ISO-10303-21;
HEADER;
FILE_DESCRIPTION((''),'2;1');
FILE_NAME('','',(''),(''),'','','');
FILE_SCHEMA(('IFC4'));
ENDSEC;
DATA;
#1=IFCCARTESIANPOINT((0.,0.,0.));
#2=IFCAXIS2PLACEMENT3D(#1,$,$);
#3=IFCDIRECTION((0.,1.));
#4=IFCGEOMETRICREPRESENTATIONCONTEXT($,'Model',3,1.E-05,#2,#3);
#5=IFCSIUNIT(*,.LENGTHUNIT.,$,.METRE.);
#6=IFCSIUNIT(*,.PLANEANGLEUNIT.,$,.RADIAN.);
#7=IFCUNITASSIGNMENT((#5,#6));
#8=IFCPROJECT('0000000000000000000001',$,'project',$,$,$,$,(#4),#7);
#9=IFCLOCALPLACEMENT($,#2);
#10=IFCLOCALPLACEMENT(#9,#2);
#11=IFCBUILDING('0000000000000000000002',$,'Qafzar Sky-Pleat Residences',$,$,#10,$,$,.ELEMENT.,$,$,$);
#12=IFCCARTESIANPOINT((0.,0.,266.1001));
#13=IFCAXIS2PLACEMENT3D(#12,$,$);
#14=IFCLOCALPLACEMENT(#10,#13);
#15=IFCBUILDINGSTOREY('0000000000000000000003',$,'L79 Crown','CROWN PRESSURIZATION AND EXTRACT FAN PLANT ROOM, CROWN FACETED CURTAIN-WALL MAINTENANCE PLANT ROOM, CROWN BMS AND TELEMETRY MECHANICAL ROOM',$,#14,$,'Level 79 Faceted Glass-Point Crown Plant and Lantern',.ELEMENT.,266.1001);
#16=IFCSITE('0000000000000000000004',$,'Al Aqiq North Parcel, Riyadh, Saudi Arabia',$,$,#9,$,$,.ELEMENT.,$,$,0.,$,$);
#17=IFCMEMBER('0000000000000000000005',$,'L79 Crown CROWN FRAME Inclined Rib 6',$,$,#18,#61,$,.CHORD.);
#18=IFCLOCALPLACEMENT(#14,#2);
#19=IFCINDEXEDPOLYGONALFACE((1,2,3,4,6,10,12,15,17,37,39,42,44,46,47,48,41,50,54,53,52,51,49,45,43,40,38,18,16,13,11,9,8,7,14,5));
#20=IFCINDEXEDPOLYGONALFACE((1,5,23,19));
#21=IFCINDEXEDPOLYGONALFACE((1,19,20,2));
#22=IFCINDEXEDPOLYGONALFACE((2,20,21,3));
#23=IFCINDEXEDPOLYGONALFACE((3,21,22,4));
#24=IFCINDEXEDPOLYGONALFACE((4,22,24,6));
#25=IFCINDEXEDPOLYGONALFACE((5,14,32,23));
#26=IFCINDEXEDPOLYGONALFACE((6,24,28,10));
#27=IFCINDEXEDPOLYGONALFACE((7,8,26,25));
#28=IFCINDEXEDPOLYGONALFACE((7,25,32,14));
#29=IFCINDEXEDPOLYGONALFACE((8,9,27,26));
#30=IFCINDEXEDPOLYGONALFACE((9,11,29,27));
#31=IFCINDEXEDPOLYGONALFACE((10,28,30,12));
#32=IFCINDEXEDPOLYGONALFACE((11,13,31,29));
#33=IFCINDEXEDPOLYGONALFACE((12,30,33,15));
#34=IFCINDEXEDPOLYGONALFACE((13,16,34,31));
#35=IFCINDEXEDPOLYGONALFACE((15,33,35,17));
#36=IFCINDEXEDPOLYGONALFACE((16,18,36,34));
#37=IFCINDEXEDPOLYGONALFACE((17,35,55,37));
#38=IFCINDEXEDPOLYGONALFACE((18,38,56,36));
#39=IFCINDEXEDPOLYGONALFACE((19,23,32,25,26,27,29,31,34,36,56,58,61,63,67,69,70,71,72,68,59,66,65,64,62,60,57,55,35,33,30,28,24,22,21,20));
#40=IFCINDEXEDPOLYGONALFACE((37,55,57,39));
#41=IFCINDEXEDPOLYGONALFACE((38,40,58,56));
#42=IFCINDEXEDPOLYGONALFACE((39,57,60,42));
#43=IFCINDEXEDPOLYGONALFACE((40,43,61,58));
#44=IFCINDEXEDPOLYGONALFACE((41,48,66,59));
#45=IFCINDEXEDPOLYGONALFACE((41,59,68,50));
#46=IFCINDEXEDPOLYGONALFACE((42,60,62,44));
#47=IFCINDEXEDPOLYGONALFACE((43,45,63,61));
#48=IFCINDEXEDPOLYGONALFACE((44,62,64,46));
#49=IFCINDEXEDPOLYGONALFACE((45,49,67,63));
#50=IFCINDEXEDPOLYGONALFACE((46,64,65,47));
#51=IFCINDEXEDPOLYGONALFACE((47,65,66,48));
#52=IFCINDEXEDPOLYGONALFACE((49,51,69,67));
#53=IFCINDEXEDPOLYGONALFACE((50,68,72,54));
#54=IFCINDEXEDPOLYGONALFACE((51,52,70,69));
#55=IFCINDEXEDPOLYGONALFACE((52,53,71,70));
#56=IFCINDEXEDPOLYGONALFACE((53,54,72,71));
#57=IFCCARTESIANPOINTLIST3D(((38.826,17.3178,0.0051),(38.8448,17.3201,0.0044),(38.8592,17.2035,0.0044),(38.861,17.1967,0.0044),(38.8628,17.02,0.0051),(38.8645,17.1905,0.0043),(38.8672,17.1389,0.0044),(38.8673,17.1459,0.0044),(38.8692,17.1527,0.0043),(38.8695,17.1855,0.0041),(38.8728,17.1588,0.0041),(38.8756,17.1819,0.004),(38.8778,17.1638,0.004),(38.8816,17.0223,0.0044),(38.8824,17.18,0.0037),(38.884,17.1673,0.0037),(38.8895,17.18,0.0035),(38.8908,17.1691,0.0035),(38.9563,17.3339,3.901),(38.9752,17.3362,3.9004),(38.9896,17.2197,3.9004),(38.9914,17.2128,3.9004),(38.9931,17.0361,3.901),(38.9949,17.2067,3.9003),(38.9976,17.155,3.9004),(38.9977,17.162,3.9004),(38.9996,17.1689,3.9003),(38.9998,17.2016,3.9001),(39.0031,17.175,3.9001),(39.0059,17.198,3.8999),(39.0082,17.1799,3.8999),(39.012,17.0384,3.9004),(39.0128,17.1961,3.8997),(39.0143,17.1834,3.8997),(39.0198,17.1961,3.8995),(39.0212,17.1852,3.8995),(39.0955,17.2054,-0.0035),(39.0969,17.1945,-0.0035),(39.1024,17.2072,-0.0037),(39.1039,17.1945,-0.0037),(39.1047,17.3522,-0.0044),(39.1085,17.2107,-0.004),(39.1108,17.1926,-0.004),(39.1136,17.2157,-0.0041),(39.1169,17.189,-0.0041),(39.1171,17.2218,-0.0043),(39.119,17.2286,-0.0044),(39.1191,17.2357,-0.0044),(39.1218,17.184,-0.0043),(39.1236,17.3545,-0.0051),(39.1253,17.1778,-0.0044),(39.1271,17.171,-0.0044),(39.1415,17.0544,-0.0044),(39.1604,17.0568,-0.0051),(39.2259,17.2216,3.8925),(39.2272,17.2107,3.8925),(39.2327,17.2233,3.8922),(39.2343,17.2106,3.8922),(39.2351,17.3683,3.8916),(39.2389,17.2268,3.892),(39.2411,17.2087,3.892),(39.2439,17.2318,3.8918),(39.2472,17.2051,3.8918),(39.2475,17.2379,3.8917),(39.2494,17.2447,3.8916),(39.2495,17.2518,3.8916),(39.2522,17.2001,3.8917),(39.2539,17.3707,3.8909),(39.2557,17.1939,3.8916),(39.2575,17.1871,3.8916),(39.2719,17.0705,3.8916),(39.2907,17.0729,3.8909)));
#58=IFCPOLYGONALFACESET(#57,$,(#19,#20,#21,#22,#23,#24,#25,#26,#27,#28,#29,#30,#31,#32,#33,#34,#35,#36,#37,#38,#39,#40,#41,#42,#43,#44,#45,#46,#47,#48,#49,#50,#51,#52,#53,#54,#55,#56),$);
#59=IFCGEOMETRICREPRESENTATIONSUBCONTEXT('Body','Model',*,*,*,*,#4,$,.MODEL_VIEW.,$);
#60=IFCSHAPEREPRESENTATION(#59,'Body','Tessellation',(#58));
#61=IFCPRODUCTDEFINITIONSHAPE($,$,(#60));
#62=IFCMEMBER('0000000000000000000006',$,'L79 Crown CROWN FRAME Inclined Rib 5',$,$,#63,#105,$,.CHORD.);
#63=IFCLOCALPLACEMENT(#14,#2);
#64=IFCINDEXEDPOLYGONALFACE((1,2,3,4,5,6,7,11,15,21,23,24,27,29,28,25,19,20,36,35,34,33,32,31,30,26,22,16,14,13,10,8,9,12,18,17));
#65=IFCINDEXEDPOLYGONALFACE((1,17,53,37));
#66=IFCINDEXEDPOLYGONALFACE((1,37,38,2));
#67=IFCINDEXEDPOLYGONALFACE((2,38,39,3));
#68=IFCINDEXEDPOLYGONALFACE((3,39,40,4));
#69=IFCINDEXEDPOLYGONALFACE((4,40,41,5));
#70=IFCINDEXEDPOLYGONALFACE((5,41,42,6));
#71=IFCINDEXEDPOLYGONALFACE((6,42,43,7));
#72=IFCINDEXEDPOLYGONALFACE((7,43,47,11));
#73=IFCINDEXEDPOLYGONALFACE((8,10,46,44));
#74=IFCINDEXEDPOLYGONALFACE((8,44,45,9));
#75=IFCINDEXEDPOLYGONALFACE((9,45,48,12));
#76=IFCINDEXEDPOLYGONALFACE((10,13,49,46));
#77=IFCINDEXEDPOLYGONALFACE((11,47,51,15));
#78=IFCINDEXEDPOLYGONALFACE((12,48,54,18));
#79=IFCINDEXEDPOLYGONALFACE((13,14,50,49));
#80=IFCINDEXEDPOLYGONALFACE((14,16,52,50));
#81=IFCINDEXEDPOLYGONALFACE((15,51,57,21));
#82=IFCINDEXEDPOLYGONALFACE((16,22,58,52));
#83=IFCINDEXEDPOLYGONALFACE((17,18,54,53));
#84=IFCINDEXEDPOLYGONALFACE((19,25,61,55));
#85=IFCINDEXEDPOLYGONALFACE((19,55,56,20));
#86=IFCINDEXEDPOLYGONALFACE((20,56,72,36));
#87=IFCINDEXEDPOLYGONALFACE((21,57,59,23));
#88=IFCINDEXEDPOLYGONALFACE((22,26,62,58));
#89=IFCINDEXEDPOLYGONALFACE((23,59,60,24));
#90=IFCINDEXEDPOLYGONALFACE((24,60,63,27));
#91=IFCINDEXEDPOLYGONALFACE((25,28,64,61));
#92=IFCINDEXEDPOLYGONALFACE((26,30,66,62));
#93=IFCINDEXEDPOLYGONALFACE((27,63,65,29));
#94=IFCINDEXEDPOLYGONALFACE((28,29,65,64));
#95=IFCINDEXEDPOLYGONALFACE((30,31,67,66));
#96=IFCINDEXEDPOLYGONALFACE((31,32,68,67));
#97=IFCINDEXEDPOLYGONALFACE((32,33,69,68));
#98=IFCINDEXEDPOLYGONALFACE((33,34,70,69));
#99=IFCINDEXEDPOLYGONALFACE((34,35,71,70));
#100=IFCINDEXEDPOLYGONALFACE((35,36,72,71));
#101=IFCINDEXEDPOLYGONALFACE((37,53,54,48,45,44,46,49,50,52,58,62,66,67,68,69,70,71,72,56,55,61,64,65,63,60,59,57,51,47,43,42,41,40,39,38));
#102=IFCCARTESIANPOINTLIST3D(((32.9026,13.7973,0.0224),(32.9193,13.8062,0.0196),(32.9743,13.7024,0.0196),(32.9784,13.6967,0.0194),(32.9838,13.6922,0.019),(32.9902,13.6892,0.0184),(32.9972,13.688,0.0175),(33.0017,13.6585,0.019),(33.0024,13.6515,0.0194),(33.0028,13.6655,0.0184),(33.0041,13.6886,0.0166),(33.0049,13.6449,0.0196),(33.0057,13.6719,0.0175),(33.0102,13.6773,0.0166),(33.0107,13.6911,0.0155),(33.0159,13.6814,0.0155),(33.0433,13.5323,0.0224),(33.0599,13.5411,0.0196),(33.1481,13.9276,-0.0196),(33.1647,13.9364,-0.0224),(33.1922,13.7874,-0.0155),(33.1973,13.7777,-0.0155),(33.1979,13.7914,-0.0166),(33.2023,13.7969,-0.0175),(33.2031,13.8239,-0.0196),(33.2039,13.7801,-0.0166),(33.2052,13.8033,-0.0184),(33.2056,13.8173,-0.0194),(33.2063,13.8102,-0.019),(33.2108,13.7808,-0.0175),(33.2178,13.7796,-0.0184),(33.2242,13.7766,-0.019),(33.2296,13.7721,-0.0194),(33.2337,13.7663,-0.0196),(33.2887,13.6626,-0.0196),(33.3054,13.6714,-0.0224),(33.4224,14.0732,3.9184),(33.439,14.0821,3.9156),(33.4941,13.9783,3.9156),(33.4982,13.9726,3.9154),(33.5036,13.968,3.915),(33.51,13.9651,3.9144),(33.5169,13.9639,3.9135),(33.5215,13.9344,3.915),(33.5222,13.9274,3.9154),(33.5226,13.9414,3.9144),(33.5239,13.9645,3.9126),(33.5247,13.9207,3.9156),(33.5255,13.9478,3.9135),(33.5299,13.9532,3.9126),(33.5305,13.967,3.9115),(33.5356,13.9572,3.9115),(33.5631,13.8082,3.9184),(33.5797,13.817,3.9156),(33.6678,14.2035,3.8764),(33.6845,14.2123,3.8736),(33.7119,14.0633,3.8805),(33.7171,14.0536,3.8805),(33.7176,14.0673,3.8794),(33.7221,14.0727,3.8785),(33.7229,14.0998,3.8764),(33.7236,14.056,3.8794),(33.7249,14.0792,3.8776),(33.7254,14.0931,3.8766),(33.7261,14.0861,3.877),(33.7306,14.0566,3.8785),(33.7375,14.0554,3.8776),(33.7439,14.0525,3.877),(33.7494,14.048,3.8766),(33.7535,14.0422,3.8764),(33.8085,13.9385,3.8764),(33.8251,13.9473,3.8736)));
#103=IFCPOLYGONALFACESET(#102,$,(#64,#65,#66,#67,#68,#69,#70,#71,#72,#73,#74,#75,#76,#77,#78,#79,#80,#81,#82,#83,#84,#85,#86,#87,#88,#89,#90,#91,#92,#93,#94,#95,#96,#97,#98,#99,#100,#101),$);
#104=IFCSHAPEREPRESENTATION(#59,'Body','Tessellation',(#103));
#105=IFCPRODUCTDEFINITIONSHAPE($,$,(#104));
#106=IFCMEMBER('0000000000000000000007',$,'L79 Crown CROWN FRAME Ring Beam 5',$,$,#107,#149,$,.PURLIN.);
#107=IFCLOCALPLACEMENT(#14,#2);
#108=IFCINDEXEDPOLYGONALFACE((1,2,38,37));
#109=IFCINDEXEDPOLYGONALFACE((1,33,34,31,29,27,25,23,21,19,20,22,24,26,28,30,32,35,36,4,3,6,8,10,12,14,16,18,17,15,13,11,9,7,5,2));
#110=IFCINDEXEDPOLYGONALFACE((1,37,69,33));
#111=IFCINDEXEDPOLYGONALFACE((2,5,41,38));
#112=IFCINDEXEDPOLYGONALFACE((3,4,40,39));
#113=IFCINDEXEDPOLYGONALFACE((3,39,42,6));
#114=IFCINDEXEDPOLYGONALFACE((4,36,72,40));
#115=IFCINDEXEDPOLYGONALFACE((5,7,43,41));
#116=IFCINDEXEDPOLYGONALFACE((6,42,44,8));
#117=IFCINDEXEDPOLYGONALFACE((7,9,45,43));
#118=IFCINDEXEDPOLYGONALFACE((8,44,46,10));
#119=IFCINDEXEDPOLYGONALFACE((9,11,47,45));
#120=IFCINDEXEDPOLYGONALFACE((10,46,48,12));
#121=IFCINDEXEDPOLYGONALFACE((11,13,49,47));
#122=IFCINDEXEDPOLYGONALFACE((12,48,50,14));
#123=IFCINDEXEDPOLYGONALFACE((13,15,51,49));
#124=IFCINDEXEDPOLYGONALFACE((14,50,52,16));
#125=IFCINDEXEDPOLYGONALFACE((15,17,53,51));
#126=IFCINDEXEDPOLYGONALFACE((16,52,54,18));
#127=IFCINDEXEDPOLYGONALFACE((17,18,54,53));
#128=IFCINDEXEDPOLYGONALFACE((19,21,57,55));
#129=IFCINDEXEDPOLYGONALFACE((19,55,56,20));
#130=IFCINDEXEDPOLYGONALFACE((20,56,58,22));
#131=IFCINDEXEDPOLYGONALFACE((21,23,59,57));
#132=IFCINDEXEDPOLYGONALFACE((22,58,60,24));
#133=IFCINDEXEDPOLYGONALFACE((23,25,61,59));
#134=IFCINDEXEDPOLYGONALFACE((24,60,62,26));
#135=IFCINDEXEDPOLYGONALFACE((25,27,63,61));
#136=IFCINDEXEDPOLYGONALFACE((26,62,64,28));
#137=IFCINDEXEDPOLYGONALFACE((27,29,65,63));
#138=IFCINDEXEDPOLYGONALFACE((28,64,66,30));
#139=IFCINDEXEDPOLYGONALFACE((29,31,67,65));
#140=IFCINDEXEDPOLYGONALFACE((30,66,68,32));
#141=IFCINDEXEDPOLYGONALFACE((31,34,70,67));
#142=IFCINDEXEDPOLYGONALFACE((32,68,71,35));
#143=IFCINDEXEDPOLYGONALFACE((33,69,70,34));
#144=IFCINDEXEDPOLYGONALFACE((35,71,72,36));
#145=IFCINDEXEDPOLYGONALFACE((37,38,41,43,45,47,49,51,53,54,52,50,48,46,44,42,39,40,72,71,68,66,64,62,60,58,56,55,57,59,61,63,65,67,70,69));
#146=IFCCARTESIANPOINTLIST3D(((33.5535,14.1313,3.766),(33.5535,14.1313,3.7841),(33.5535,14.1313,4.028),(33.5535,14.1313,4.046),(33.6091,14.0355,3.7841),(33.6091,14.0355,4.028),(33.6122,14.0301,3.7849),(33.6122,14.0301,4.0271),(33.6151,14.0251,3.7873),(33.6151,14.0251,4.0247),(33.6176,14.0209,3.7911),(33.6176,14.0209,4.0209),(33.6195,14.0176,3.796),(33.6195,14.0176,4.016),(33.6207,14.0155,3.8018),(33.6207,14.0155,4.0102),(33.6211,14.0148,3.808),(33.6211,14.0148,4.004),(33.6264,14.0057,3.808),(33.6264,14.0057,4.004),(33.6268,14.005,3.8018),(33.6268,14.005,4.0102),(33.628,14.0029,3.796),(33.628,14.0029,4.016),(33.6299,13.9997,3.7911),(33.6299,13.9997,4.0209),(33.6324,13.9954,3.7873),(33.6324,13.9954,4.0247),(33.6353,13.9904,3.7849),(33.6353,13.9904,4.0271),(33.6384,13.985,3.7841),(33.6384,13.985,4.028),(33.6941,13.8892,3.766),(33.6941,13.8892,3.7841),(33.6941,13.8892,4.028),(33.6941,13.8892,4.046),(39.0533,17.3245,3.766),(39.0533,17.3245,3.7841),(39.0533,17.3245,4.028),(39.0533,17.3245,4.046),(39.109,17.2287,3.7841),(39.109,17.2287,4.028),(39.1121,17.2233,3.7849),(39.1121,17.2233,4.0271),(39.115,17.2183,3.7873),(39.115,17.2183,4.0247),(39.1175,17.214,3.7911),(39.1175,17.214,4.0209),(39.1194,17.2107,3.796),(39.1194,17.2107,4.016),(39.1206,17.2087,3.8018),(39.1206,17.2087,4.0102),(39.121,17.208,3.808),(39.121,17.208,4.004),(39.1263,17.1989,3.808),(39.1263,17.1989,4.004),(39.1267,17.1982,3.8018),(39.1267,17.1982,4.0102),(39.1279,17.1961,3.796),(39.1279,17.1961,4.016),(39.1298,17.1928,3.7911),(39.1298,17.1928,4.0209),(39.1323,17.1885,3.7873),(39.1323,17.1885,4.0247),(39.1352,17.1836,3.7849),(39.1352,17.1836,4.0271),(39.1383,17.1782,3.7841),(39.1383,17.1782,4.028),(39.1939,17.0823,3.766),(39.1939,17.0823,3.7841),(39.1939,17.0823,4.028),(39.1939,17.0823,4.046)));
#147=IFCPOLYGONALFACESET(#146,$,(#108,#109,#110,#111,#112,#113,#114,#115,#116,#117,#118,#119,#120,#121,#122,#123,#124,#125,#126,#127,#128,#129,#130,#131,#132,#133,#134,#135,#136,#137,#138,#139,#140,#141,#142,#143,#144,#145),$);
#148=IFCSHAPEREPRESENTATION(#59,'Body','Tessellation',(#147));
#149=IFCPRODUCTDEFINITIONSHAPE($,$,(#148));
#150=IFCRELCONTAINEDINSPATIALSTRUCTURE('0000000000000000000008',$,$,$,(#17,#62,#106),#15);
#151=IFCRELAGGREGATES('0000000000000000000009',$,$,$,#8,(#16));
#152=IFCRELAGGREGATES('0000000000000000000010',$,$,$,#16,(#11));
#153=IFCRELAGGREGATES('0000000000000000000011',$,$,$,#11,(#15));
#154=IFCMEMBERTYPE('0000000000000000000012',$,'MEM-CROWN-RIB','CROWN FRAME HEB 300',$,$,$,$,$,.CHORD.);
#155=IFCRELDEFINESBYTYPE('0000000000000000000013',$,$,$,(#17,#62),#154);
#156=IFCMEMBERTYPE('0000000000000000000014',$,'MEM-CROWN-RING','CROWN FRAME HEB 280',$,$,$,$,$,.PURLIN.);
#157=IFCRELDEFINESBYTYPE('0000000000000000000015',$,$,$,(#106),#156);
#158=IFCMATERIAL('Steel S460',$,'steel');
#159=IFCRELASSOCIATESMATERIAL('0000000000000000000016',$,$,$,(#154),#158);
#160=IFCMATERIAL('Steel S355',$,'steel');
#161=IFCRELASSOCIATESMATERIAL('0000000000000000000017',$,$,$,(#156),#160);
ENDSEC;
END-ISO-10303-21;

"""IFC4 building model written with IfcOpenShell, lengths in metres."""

from ifc_helpers import new_model, si_unit, direction, frame, origin, origin_2d, place, context, subcontext, project, spatial, i_section, extrude, source, transform, mapped, material, material_profile, profile_set, type_object, element, save


model = new_model("IFC4")

# Units and contexts
model_context = context("Model", 3, precision=1e-05, world=origin(), true_north=direction((0.0, 1.0)))
body_context = subcontext(model_context, "Body", "Model", "MODEL_VIEW")
ifc_project = project(units=[si_unit("LENGTHUNIT", "METRE"), si_unit("PLANEANGLEUNIT", "RADIAN")], contexts=[model_context])

# Site, building, storey
site_placement = place(None, origin())
site = spatial("IfcSite", under=ifc_project, at=site_placement, Name="Al Aqiq North Parcel, Riyadh, Saudi Arabia", CompositionType="ELEMENT", RefElevation=0.0)
building_placement = place(site_placement, origin())
building = spatial("IfcBuilding", under=site, at=building_placement, Name="Qafzar Sky-Pleat Residences", CompositionType="ELEMENT")
storey_placement = place(building_placement, frame((0.0, 0.0, 266.1001)))
storey = spatial("IfcBuildingStorey", under=building, at=storey_placement, Name="L79 Crown", Description="CROWN PRESSURIZATION AND EXTRACT FAN PLANT ROOM, CROWN FACETED CURTAIN-WALL MAINTENANCE PLANT ROOM, CROWN BMS AND TELEMETRY MECHANICAL ROOM", LongName="Level 79 Faceted Glass-Point Crown Plant and Lantern", CompositionType="ELEMENT", Elevation=266.1001)

# Members
ifc_material_1 = material(Name="Steel S460", Category="steel")
ifc_material_profile_1 = material_profile(ifc_material_1, i_section(OverallWidth=0.3, OverallDepth=0.3, WebThickness=0.011, FlangeThickness=0.019, FilletRadius=0.0271, at=origin_2d()), Name="HEB 300")
ifc_profile_set_1 = profile_set([ifc_material_profile_1], Name="Steel S460")
member_type_1 = type_object("IfcMemberType", Name="MEM-CROWN-RIB", Description="CROWN FRAME HEB 300", PredefinedType="CHORD", material=ifc_profile_set_1)
shared_shape_1 = source(origin(), body_context, "Body", "SweptSolid", [
    extrude(i_section(OverallWidth=0.3, OverallDepth=0.3, WebThickness=0.011, FlangeThickness=0.019, FilletRadius=0.0271, at=origin_2d()), origin(), (0.0, 0.0, 1.0), 3.8982),
])
member_1_placement = place(storey_placement, frame((38.9932, 17.1873, 0.0), z_axis=(0.033444, 0.004134, 0.999432), x_axis=(-0.122662, 0.992448, 0.0)))
element("IfcMember", 1, at=member_1_placement, inside=storey, type_object=member_type_1, Name="L79 Crown CROWN FRAME Inclined Rib 6", PredefinedType="CHORD", context=body_context, shape_type="MappedRepresentation", body=[
    mapped(shared_shape_1, transform((0.0, 0.0, 0.0), x_axis=(1.0, 0.0, 0.0), y_axis=(0.0, 1.0, 0.0), z_axis=(0.0, 0.0, 1.0), scale=1.0)),
])
shared_shape_2 = source(origin(), body_context, "Body", "SweptSolid", [
    extrude(i_section(OverallWidth=0.3, OverallDepth=0.3, WebThickness=0.011, FlangeThickness=0.019, FilletRadius=0.0271, at=origin_2d()), origin(), (0.0, 0.0, 1.0), 3.9402),
])
member_2_placement = place(storey_placement, frame((33.104, 13.7344, 0.0), z_axis=(0.131916, 0.070017, 0.988785), x_axis=(-0.468822, 0.883293, 0.0)))
element("IfcMember", 2, at=member_2_placement, inside=storey, type_object=member_type_1, Name="L79 Crown CROWN FRAME Inclined Rib 5", PredefinedType="CHORD", context=body_context, shape_type="MappedRepresentation", body=[
    mapped(shared_shape_2, transform((0.0, 0.0, 0.0), x_axis=(1.0, 0.0, 0.0), y_axis=(0.0, 1.0, 0.0), z_axis=(0.0, 0.0, 1.0), scale=1.0)),
])
ifc_material_2 = material(Name="Steel S355", Category="steel")
ifc_material_profile_2 = material_profile(ifc_material_2, i_section(OverallWidth=0.28, OverallDepth=0.28, WebThickness=0.0105, FlangeThickness=0.0181, FilletRadius=0.0239, at=origin_2d()), Name="HEB 280")
ifc_profile_set_2 = profile_set([ifc_material_profile_2], Name="Steel S355")
member_type_2 = type_object("IfcMemberType", Name="MEM-CROWN-RING", Description="CROWN FRAME HEB 280", PredefinedType="PURLIN", material=ifc_profile_set_2)
shared_shape_3 = source(origin(), body_context, "Body", "SweptSolid", [
    extrude(i_section(OverallWidth=0.28, OverallDepth=0.28, WebThickness=0.0105, FlangeThickness=0.0181, FilletRadius=0.0239, at=origin_2d()), origin(), (0.0, 0.0, 1.0), 6.3596),
])
member_3_placement = place(storey_placement, frame((33.6238, 14.0103, 3.906), z_axis=(0.864809, 0.502101, 0.0), x_axis=(-0.502101, 0.864809, 0.0)))
element("IfcMember", 3, at=member_3_placement, inside=storey, type_object=member_type_2, Name="L79 Crown CROWN FRAME Ring Beam 5", PredefinedType="PURLIN", context=body_context, shape_type="MappedRepresentation", body=[
    mapped(shared_shape_3, transform((0.0, 0.0, 0.0), x_axis=(1.0, 0.0, 0.0), y_axis=(0.0, 1.0, 0.0), z_axis=(0.0, 0.0, 1.0), scale=1.0)),
])

save(model, "model.ifc")
